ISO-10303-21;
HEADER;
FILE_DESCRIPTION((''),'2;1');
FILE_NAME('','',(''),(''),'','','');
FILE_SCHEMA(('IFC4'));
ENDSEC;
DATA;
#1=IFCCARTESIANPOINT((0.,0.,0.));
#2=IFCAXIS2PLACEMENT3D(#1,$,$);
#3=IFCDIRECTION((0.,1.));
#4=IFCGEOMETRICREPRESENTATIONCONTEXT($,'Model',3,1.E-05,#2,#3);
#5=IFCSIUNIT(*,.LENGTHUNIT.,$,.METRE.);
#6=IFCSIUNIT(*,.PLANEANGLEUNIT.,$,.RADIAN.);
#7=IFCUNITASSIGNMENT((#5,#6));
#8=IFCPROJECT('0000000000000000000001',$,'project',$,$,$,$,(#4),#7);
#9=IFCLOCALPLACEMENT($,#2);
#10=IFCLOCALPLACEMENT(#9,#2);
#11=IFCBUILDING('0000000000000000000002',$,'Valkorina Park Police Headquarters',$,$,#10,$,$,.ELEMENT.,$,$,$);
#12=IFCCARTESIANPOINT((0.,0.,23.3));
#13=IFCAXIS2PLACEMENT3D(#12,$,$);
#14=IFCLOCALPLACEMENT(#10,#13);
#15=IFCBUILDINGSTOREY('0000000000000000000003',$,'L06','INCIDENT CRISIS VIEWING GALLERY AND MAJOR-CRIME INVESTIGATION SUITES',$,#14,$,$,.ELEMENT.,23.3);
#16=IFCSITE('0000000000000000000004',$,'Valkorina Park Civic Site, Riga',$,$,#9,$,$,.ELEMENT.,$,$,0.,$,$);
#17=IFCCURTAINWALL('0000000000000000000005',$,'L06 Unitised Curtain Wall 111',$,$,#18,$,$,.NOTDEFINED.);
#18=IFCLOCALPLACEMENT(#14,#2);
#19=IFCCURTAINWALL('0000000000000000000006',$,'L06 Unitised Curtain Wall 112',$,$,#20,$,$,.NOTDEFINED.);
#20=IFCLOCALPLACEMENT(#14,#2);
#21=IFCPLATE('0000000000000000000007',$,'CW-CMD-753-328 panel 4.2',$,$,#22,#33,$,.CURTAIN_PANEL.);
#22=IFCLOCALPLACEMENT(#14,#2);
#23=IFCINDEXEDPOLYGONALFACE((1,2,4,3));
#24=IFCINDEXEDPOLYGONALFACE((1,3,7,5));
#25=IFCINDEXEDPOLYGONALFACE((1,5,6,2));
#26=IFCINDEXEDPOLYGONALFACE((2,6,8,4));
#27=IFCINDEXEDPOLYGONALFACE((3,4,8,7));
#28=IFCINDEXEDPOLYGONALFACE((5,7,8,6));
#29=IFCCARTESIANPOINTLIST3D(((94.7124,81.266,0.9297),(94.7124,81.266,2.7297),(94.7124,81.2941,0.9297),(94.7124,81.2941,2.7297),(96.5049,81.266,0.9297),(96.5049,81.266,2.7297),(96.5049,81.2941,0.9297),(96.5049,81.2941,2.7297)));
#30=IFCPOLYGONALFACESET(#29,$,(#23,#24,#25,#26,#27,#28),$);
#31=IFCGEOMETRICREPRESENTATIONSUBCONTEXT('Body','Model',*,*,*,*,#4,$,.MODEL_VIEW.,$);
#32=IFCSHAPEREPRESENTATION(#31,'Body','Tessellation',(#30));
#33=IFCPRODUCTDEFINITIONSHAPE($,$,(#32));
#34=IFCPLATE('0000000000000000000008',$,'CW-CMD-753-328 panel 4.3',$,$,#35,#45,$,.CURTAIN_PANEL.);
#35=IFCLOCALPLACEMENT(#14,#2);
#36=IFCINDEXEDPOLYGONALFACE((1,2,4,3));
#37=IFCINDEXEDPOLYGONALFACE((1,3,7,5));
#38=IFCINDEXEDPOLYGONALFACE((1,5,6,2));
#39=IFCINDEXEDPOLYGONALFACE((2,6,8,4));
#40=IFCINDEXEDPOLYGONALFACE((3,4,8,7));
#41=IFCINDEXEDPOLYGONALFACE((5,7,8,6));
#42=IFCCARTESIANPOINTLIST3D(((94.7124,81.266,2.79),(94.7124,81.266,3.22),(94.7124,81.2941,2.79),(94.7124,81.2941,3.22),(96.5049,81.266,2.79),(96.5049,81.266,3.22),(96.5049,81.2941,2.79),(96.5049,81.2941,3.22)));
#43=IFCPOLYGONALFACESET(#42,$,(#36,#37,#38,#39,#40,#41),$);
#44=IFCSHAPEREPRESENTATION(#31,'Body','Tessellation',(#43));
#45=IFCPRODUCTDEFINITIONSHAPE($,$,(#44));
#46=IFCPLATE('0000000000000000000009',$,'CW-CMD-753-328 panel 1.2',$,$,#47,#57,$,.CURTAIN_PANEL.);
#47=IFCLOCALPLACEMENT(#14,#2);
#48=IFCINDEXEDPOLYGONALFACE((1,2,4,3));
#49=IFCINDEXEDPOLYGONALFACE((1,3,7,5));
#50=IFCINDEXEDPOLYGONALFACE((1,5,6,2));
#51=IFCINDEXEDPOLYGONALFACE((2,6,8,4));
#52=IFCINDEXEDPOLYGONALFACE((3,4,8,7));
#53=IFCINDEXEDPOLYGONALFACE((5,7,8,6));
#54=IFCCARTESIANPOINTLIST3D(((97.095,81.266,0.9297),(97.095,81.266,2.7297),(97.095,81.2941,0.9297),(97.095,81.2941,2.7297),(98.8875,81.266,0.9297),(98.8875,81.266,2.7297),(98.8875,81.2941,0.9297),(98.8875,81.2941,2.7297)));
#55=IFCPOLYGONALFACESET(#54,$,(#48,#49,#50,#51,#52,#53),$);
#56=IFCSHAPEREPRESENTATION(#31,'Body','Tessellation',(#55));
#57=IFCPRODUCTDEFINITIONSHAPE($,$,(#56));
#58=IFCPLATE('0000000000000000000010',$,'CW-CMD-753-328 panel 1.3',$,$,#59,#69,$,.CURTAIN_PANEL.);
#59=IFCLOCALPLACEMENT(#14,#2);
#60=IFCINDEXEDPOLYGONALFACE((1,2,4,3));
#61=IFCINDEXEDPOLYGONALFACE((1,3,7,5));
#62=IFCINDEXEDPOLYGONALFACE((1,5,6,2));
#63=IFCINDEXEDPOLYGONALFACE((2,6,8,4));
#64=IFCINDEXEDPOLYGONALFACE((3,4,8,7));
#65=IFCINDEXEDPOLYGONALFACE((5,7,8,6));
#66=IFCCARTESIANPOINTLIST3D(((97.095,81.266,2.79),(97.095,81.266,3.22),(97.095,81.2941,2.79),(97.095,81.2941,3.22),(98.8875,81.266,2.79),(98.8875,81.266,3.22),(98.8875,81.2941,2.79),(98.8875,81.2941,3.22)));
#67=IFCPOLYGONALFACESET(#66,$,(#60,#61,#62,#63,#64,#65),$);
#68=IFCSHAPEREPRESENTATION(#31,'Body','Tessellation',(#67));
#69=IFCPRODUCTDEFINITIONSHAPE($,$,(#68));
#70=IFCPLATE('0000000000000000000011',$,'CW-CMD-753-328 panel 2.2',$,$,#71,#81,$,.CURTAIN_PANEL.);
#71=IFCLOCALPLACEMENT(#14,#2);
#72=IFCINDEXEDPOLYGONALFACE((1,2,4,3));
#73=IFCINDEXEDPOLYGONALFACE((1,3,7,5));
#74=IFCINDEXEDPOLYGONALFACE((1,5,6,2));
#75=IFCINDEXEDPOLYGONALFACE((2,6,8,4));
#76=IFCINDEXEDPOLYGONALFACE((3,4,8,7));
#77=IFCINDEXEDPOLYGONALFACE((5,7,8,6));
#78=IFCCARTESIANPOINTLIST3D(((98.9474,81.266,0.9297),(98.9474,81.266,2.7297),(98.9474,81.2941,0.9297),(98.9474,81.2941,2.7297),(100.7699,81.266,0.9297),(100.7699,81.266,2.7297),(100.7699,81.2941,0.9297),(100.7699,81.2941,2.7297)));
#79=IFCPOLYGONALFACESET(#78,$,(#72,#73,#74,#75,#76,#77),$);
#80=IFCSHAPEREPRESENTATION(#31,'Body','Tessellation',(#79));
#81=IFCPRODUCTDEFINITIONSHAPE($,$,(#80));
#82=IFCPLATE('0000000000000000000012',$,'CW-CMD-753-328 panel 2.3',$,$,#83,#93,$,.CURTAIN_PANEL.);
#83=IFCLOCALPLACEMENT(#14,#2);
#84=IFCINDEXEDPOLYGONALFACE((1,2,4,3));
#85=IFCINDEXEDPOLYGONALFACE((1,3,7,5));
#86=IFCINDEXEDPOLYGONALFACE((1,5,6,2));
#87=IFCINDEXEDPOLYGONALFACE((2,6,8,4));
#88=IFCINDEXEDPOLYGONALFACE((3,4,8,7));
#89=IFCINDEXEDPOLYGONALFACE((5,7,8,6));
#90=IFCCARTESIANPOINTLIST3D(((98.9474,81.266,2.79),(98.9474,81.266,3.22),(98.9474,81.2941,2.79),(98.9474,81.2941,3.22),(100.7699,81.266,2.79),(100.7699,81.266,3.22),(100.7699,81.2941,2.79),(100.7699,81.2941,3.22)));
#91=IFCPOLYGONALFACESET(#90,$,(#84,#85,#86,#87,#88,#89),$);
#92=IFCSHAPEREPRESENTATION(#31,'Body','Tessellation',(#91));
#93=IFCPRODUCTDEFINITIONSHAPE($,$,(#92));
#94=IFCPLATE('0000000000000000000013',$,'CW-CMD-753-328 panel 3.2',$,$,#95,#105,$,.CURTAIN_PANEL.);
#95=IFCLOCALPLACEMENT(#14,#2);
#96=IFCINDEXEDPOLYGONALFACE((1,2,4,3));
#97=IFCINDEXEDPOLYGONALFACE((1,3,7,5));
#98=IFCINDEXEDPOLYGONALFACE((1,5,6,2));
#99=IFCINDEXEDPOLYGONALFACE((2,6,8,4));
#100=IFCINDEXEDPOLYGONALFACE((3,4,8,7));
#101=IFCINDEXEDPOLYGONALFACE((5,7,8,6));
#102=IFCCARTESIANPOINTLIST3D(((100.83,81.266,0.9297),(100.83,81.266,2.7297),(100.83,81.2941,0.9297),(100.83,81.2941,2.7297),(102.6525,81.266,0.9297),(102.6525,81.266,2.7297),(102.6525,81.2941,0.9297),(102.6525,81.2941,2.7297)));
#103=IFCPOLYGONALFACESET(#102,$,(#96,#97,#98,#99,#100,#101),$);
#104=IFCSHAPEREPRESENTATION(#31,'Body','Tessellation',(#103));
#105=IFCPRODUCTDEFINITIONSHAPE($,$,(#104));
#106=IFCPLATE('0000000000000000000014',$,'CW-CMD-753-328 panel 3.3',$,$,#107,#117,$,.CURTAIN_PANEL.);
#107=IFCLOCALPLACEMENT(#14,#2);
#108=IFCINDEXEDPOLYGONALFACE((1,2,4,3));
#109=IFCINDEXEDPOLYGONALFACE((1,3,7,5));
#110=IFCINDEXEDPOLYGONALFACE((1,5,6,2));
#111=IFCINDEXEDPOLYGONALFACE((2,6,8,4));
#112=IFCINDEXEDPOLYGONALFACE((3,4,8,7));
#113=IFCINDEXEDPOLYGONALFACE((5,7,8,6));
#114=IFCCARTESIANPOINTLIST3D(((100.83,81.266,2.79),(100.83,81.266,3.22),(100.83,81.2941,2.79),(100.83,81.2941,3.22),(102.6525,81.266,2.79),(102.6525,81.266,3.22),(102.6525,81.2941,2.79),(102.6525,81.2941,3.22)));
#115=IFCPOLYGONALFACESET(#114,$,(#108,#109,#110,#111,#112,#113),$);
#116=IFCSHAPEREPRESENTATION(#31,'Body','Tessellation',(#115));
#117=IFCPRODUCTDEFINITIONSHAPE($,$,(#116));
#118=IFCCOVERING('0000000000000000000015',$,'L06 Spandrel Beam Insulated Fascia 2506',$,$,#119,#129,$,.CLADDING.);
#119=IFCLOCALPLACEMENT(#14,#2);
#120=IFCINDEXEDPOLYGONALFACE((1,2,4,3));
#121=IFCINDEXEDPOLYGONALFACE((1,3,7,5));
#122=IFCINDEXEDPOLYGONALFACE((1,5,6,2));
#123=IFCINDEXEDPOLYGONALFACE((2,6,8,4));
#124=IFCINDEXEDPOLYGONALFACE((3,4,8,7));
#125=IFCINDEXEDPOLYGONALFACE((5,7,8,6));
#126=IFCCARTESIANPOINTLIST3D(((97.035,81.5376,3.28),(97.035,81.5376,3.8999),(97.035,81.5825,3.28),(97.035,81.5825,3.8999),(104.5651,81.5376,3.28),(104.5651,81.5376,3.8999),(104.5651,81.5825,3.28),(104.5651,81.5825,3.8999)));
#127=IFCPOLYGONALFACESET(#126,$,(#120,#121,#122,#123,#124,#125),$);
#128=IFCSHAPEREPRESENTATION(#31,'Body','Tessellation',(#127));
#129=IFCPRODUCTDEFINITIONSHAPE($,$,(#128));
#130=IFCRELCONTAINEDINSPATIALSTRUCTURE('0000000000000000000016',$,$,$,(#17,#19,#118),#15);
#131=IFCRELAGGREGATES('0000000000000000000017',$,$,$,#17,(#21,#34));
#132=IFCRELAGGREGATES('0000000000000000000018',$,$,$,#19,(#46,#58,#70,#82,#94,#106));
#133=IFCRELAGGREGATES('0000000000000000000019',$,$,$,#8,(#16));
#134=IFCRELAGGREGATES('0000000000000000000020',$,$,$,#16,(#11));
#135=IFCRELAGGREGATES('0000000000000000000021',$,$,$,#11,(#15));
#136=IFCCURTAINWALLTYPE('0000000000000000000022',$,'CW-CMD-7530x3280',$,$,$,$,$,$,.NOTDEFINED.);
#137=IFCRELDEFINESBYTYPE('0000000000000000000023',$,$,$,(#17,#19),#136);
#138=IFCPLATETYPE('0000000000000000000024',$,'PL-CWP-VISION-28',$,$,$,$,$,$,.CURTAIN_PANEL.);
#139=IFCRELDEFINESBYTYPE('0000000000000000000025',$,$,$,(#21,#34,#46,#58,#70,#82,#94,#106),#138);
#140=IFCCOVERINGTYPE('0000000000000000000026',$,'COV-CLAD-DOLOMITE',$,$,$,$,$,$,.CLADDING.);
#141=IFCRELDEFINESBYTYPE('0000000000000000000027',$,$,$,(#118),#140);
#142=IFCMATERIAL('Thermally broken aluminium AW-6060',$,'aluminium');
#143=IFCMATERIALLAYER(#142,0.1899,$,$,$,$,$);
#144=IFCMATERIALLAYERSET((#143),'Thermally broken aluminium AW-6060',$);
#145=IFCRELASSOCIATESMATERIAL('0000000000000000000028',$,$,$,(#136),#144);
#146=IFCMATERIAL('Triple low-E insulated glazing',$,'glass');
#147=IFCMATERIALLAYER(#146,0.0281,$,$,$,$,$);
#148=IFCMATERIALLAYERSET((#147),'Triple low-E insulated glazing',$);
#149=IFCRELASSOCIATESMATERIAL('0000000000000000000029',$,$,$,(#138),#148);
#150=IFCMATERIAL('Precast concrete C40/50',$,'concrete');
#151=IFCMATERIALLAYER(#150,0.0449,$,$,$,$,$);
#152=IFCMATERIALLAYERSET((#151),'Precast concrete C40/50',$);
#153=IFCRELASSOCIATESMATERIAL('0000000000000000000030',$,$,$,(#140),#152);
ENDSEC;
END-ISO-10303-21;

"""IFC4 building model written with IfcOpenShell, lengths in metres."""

from ifc_helpers import new_model, si_unit, direction, frame, frame_2d, origin, origin_2d, place, context, subcontext, project, spatial, rectangle, extrude, material, layer, layer_set, type_object, element, aggregate, save


model = new_model("IFC4")

# Units and contexts
model_context = context("Model", 3, precision=1e-05, world=origin(), true_north=direction((0.0, 1.0)))
body_context = subcontext(model_context, "Body", "Model", "MODEL_VIEW")
ifc_project = project(units=[si_unit("LENGTHUNIT", "METRE"), si_unit("PLANEANGLEUNIT", "RADIAN")], contexts=[model_context])

# Site, building, storey
site_placement = place(None, origin())
site = spatial("IfcSite", under=ifc_project, at=site_placement, Name="Valkorina Park Civic Site, Riga", CompositionType="ELEMENT", RefElevation=0.0)
building_placement = place(site_placement, origin())
building = spatial("IfcBuilding", under=site, at=building_placement, Name="Valkorina Park Police Headquarters", CompositionType="ELEMENT")
storey_placement = place(building_placement, frame((0.0, 0.0, 23.3)))
storey = spatial("IfcBuildingStorey", under=building, at=storey_placement, Name="L06", Description="INCIDENT CRISIS VIEWING GALLERY AND MAJOR-CRIME INVESTIGATION SUITES", CompositionType="ELEMENT", Elevation=23.3)

# Curtain wall
ifc_material_1 = material(Name="Thermally broken aluminium AW-6060", Category="aluminium")
ifc_layer_1 = layer(ifc_material_1, 0.1899)
ifc_layer_set_1 = layer_set([ifc_layer_1], Name="Thermally broken aluminium AW-6060")
curtain_wall_type = type_object("IfcCurtainWallType", Name="CW-CMD-7530x3280", PredefinedType="NOTDEFINED", material=ifc_layer_set_1)
curtain_wall_1_placement = place(storey_placement, origin())
curtain_wall_1 = element("IfcCurtainWall", 1, at=curtain_wall_1_placement, inside=storey, type_object=curtain_wall_type, Name="L06 Unitised Curtain Wall 111", PredefinedType="NOTDEFINED")

# Curtain wall
curtain_wall_2_placement = place(storey_placement, origin())
curtain_wall_2 = element("IfcCurtainWall", 2, at=curtain_wall_2_placement, inside=storey, type_object=curtain_wall_type, Name="L06 Unitised Curtain Wall 112", PredefinedType="NOTDEFINED")

# Plates
ifc_material_2 = material(Name="Triple low-E insulated glazing", Category="glass")
ifc_layer_2 = layer(ifc_material_2, 0.0281)
ifc_layer_set_2 = layer_set([ifc_layer_2], Name="Triple low-E insulated glazing")
plate_type_1 = type_object("IfcPlateType", Name="PL-CWP-VISION-28", PredefinedType="CURTAIN_PANEL", material=ifc_layer_set_2)
plate_1_placement = place(storey_placement, frame((95.6086, 81.28, 0.9297), z_axis=(0.0, 0.0, 1.0), x_axis=(1.0, 0.0, 0.0)))
plate_1 = element("IfcPlate", 3, at=plate_1_placement, type_object=plate_type_1, Name="CW-CMD-753-328 panel 4.2", PredefinedType="CURTAIN_PANEL", context=body_context, shape_type="SweptSolid", body=[
    extrude(rectangle(XDim=1.7925, YDim=0.0281, at=origin_2d()), origin(), (0.0, 0.0, 1.0), 1.8),
])
plate_2_placement = place(storey_placement, frame((95.6086, 81.28, 2.79), z_axis=(0.0, 0.0, 1.0), x_axis=(1.0, 0.0, 0.0)))
plate_2 = element("IfcPlate", 4, at=plate_2_placement, type_object=plate_type_1, Name="CW-CMD-753-328 panel 4.3", PredefinedType="CURTAIN_PANEL", context=body_context, shape_type="SweptSolid", body=[
    extrude(rectangle(XDim=1.7925, YDim=0.0281, at=origin_2d()), origin(), (0.0, 0.0, 1.0), 0.4299),
])
aggregate(curtain_wall_1, [plate_1, plate_2])
plate_3_placement = place(storey_placement, frame((97.9912, 81.28, 0.9297), z_axis=(0.0, 0.0, 1.0), x_axis=(1.0, 0.0, 0.0)))
plate_3 = element("IfcPlate", 5, at=plate_3_placement, type_object=plate_type_1, Name="CW-CMD-753-328 panel 1.2", PredefinedType="CURTAIN_PANEL", context=body_context, shape_type="SweptSolid", body=[
    extrude(rectangle(XDim=1.7925, YDim=0.0281, at=origin_2d()), origin(), (0.0, 0.0, 1.0), 1.8),
])
plate_4_placement = place(storey_placement, frame((97.9912, 81.28, 2.79), z_axis=(0.0, 0.0, 1.0), x_axis=(1.0, 0.0, 0.0)))
plate_4 = element("IfcPlate", 6, at=plate_4_placement, type_object=plate_type_1, Name="CW-CMD-753-328 panel 1.3", PredefinedType="CURTAIN_PANEL", context=body_context, shape_type="SweptSolid", body=[
    extrude(rectangle(XDim=1.7925, YDim=0.0281, at=origin_2d()), origin(), (0.0, 0.0, 1.0), 0.4299),
])
plate_5_placement = place(storey_placement, frame((99.8586, 81.28, 0.9297), z_axis=(0.0, 0.0, 1.0), x_axis=(1.0, 0.0, 0.0)))
plate_5 = element("IfcPlate", 7, at=plate_5_placement, type_object=plate_type_1, Name="CW-CMD-753-328 panel 2.2", PredefinedType="CURTAIN_PANEL", context=body_context, shape_type="SweptSolid", body=[
    extrude(rectangle(XDim=1.8225, YDim=0.0281, at=origin_2d()), origin(), (0.0, 0.0, 1.0), 1.8),
])
plate_6_placement = place(storey_placement, frame((99.8586, 81.28, 2.79), z_axis=(0.0, 0.0, 1.0), x_axis=(1.0, 0.0, 0.0)))
plate_6 = element("IfcPlate", 8, at=plate_6_placement, type_object=plate_type_1, Name="CW-CMD-753-328 panel 2.3", PredefinedType="CURTAIN_PANEL", context=body_context, shape_type="SweptSolid", body=[
    extrude(rectangle(XDim=1.8225, YDim=0.0281, at=origin_2d()), origin(), (0.0, 0.0, 1.0), 0.4299),
])
plate_7_placement = place(storey_placement, frame((101.7412, 81.28, 0.9297), z_axis=(0.0, 0.0, 1.0), x_axis=(1.0, 0.0, 0.0)))
plate_7 = element("IfcPlate", 9, at=plate_7_placement, type_object=plate_type_1, Name="CW-CMD-753-328 panel 3.2", PredefinedType="CURTAIN_PANEL", context=body_context, shape_type="SweptSolid", body=[
    extrude(rectangle(XDim=1.8225, YDim=0.0281, at=origin_2d()), origin(), (0.0, 0.0, 1.0), 1.8),
])
plate_8_placement = place(storey_placement, frame((101.7412, 81.28, 2.79), z_axis=(0.0, 0.0, 1.0), x_axis=(1.0, 0.0, 0.0)))
plate_8 = element("IfcPlate", 10, at=plate_8_placement, type_object=plate_type_1, Name="CW-CMD-753-328 panel 3.3", PredefinedType="CURTAIN_PANEL", context=body_context, shape_type="SweptSolid", body=[
    extrude(rectangle(XDim=1.8225, YDim=0.0281, at=origin_2d()), origin(), (0.0, 0.0, 1.0), 0.4299),
])
aggregate(curtain_wall_2, [plate_3, plate_4, plate_5, plate_6, plate_7, plate_8])

# Covering
ifc_material_3 = material(Name="Precast concrete C40/50", Category="concrete")
ifc_layer_3 = layer(ifc_material_3, 0.0449)
ifc_layer_set_3 = layer_set([ifc_layer_3], Name="Precast concrete C40/50")
covering_type = type_object("IfcCoveringType", Name="COV-CLAD-DOLOMITE", PredefinedType="CLADDING", material=ifc_layer_set_3)
covering_placement = place(storey_placement, frame((97.0349, 81.5601, 3.28), z_axis=(0.0, 0.0, 1.0), x_axis=(1.0, 0.0, 0.0)))
element("IfcCovering", 11, at=covering_placement, inside=storey, type_object=covering_type, Name="L06 Spandrel Beam Insulated Fascia 2506", PredefinedType="CLADDING", context=body_context, shape_type="SweptSolid", body=[
    extrude(rectangle(XDim=7.53, YDim=0.0449, at=frame_2d((3.7651, 0.0))), origin(), (0.0, 0.0, 1.0), 0.6199),
])

save(model, "model.ifc")
